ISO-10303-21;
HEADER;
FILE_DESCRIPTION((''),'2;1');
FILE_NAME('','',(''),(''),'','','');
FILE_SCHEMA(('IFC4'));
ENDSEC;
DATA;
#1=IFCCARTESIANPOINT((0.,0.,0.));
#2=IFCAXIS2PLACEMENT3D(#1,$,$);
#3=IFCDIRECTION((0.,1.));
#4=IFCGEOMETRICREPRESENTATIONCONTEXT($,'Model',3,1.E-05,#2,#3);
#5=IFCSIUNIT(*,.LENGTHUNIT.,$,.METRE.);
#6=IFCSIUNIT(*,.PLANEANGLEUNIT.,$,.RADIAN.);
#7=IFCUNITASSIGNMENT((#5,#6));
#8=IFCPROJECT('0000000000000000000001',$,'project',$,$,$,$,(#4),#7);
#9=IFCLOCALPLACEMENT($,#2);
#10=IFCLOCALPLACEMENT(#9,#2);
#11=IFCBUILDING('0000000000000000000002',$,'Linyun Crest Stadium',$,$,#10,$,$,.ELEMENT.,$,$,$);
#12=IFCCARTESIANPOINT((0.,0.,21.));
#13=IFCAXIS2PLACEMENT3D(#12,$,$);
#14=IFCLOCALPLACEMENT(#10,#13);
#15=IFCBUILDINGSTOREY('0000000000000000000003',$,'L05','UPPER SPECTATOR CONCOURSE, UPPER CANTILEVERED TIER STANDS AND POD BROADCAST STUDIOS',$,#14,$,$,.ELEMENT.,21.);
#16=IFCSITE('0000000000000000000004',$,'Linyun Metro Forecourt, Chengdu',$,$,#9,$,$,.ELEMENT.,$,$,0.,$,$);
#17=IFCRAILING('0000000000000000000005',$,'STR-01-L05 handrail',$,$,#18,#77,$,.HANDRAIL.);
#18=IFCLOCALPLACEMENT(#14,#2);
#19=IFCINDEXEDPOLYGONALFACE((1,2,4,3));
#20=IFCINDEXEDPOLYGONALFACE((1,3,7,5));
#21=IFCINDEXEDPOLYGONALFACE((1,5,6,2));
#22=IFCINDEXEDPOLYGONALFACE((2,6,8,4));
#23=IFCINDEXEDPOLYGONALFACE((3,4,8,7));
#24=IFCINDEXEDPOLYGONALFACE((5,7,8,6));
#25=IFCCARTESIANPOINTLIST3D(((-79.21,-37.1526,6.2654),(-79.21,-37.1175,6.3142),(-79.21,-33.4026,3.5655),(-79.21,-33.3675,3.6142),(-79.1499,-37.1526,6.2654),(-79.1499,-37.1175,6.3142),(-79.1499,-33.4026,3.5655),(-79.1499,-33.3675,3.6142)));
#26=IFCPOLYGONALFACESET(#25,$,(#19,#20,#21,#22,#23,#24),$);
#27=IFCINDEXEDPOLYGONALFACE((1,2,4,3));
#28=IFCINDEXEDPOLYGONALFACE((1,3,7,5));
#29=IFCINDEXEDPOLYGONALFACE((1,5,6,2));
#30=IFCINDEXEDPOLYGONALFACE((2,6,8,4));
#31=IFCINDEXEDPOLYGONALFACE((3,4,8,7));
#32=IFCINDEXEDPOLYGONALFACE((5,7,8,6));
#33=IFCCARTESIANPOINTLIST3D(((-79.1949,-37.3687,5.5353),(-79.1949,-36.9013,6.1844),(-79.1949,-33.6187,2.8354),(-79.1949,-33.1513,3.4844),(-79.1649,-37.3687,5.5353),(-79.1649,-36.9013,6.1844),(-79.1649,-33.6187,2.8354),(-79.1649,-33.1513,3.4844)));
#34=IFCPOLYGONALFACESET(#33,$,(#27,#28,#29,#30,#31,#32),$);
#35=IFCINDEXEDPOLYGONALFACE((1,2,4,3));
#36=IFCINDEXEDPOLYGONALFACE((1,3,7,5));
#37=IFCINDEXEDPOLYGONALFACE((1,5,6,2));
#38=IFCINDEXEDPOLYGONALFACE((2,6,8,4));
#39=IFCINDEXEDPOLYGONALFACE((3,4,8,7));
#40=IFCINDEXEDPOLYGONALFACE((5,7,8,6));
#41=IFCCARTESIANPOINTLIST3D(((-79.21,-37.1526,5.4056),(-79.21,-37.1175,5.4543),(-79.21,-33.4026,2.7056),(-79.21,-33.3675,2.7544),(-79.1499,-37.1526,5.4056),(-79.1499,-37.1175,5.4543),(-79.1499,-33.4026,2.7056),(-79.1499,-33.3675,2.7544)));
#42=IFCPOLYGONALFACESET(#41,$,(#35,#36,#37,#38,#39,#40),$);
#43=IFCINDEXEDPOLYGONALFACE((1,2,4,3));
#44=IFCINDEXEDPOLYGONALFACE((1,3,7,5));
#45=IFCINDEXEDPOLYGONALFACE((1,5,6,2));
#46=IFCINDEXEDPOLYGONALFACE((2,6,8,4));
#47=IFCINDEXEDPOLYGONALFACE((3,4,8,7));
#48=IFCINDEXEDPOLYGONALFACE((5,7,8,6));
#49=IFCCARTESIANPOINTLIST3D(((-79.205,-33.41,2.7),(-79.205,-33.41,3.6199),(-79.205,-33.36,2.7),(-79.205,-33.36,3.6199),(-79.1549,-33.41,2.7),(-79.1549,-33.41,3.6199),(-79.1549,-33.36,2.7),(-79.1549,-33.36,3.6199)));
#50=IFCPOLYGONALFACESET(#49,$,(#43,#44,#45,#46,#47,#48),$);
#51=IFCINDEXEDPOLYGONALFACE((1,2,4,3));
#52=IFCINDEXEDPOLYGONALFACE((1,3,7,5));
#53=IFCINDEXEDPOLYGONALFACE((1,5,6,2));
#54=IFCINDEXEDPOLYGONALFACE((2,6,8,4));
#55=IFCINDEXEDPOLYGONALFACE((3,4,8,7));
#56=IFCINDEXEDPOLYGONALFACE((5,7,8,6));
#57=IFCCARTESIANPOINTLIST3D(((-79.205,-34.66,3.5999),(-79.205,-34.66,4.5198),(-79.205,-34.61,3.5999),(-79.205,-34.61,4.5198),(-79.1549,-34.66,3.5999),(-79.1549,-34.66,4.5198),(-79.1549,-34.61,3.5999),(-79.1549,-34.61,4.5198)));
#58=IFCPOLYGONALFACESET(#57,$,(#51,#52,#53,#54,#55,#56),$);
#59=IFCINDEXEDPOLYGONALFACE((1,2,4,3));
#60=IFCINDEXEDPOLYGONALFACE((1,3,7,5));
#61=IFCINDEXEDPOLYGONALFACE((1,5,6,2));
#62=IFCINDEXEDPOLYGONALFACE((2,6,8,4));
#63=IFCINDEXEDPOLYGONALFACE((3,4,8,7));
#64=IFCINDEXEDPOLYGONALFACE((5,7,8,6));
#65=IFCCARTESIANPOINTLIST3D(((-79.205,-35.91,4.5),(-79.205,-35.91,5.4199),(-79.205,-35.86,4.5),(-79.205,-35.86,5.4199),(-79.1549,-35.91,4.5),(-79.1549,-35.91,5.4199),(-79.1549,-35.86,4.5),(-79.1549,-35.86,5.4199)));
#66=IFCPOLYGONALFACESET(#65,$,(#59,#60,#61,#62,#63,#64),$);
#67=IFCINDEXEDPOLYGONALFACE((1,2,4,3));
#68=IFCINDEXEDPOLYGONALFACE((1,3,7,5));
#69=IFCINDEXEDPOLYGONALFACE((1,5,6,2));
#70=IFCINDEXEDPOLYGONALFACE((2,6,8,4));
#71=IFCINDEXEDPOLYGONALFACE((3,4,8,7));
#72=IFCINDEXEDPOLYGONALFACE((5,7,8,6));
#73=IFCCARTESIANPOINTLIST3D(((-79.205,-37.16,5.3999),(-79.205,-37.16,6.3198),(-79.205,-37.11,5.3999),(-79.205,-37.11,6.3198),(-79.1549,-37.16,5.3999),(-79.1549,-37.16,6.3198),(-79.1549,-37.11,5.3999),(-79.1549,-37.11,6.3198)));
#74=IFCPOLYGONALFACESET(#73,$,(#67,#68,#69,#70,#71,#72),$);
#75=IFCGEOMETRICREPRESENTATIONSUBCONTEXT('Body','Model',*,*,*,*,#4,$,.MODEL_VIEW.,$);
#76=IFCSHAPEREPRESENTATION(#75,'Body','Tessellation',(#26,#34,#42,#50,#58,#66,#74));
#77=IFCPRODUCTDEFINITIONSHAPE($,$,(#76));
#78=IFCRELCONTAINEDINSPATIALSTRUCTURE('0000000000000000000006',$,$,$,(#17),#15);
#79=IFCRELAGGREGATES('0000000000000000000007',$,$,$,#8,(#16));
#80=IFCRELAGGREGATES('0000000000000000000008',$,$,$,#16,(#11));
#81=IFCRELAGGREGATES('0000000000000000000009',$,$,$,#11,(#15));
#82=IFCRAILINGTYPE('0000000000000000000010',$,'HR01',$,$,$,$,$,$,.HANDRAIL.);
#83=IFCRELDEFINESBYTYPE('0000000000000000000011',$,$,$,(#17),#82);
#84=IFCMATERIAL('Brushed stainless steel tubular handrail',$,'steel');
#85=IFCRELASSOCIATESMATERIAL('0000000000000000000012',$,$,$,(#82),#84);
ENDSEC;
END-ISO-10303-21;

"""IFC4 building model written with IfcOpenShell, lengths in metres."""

from ifc_helpers import new_model, si_unit, direction, frame, origin, origin_2d, place, context, subcontext, project, spatial, rectangle, extrude, material, type_object, element, save


model = new_model("IFC4")

# Units and contexts
model_context = context("Model", 3, precision=1e-05, world=origin(), true_north=direction((0.0, 1.0)))
body_context = subcontext(model_context, "Body", "Model", "MODEL_VIEW")
ifc_project = project(units=[si_unit("LENGTHUNIT", "METRE"), si_unit("PLANEANGLEUNIT", "RADIAN")], contexts=[model_context])

# Site, building, storey
site_placement = place(None, origin())
site = spatial("IfcSite", under=ifc_project, at=site_placement, Name="Linyun Metro Forecourt, Chengdu", CompositionType="ELEMENT", RefElevation=0.0)
building_placement = place(site_placement, origin())
building = spatial("IfcBuilding", under=site, at=building_placement, Name="Linyun Crest Stadium", CompositionType="ELEMENT")
storey_placement = place(building_placement, frame((0.0, 0.0, 21.0)))
storey = spatial("IfcBuildingStorey", under=building, at=storey_placement, Name="L05", Description="UPPER SPECTATOR CONCOURSE, UPPER CANTILEVERED TIER STANDS AND POD BROADCAST STUDIOS", CompositionType="ELEMENT", Elevation=21.0)

# Railing
ifc_material_1 = material(Name="Brushed stainless steel tubular handrail", Category="steel")
railing_type_1 = type_object("IfcRailingType", Name="HR01", PredefinedType="HANDRAIL", material=ifc_material_1)
railing_1_placement = place(storey_placement, frame((-79.1799, -33.385, 2.7)))
element("IfcRailing", 1, at=railing_1_placement, inside=storey, type_object=railing_type_1, Name="STR-01-L05 handrail", PredefinedType="HANDRAIL", context=body_context, shape_type="SweptSolid", body=[
    extrude(rectangle(XDim=0.0601, YDim=0.0601, at=origin_2d()), frame((0.0, 0.0, 0.8899), z_axis=(0.0, -0.811539, 0.584298), x_axis=(1.0, 0.0, 0.0)), (0.0, 0.0, 1.0), 4.6208),
    extrude(rectangle(XDim=0.03, YDim=0.7998, at=origin_2d()), frame((0.0, 0.0, 0.46), z_axis=(0.0, -0.811539, 0.584298), x_axis=(1.0, 0.0, 0.0)), (0.0, 0.0, 1.0), 4.6208),
    extrude(rectangle(XDim=0.0601, YDim=0.0601, at=origin_2d()), frame((0.0, 0.0, 0.03), z_axis=(0.0, -0.811539, 0.584298), x_axis=(1.0, 0.0, 0.0)), (0.0, 0.0, 1.0), 4.6208),
    extrude(rectangle(XDim=0.05, YDim=0.05, at=origin_2d()), origin(), (0.0, 0.0, 1.0), 0.9199),
    extrude(rectangle(XDim=0.05, YDim=0.05, at=origin_2d()), frame((0.0, -1.25, 0.8999)), (0.0, 0.0, 1.0), 0.9199),
    extrude(rectangle(XDim=0.05, YDim=0.05, at=origin_2d()), frame((0.0, -2.5, 1.8)), (0.0, 0.0, 1.0), 0.9199),
    extrude(rectangle(XDim=0.05, YDim=0.05, at=origin_2d()), frame((0.0, -3.75, 2.7)), (0.0, 0.0, 1.0), 0.9199),
])

save(model, "model.ifc")
